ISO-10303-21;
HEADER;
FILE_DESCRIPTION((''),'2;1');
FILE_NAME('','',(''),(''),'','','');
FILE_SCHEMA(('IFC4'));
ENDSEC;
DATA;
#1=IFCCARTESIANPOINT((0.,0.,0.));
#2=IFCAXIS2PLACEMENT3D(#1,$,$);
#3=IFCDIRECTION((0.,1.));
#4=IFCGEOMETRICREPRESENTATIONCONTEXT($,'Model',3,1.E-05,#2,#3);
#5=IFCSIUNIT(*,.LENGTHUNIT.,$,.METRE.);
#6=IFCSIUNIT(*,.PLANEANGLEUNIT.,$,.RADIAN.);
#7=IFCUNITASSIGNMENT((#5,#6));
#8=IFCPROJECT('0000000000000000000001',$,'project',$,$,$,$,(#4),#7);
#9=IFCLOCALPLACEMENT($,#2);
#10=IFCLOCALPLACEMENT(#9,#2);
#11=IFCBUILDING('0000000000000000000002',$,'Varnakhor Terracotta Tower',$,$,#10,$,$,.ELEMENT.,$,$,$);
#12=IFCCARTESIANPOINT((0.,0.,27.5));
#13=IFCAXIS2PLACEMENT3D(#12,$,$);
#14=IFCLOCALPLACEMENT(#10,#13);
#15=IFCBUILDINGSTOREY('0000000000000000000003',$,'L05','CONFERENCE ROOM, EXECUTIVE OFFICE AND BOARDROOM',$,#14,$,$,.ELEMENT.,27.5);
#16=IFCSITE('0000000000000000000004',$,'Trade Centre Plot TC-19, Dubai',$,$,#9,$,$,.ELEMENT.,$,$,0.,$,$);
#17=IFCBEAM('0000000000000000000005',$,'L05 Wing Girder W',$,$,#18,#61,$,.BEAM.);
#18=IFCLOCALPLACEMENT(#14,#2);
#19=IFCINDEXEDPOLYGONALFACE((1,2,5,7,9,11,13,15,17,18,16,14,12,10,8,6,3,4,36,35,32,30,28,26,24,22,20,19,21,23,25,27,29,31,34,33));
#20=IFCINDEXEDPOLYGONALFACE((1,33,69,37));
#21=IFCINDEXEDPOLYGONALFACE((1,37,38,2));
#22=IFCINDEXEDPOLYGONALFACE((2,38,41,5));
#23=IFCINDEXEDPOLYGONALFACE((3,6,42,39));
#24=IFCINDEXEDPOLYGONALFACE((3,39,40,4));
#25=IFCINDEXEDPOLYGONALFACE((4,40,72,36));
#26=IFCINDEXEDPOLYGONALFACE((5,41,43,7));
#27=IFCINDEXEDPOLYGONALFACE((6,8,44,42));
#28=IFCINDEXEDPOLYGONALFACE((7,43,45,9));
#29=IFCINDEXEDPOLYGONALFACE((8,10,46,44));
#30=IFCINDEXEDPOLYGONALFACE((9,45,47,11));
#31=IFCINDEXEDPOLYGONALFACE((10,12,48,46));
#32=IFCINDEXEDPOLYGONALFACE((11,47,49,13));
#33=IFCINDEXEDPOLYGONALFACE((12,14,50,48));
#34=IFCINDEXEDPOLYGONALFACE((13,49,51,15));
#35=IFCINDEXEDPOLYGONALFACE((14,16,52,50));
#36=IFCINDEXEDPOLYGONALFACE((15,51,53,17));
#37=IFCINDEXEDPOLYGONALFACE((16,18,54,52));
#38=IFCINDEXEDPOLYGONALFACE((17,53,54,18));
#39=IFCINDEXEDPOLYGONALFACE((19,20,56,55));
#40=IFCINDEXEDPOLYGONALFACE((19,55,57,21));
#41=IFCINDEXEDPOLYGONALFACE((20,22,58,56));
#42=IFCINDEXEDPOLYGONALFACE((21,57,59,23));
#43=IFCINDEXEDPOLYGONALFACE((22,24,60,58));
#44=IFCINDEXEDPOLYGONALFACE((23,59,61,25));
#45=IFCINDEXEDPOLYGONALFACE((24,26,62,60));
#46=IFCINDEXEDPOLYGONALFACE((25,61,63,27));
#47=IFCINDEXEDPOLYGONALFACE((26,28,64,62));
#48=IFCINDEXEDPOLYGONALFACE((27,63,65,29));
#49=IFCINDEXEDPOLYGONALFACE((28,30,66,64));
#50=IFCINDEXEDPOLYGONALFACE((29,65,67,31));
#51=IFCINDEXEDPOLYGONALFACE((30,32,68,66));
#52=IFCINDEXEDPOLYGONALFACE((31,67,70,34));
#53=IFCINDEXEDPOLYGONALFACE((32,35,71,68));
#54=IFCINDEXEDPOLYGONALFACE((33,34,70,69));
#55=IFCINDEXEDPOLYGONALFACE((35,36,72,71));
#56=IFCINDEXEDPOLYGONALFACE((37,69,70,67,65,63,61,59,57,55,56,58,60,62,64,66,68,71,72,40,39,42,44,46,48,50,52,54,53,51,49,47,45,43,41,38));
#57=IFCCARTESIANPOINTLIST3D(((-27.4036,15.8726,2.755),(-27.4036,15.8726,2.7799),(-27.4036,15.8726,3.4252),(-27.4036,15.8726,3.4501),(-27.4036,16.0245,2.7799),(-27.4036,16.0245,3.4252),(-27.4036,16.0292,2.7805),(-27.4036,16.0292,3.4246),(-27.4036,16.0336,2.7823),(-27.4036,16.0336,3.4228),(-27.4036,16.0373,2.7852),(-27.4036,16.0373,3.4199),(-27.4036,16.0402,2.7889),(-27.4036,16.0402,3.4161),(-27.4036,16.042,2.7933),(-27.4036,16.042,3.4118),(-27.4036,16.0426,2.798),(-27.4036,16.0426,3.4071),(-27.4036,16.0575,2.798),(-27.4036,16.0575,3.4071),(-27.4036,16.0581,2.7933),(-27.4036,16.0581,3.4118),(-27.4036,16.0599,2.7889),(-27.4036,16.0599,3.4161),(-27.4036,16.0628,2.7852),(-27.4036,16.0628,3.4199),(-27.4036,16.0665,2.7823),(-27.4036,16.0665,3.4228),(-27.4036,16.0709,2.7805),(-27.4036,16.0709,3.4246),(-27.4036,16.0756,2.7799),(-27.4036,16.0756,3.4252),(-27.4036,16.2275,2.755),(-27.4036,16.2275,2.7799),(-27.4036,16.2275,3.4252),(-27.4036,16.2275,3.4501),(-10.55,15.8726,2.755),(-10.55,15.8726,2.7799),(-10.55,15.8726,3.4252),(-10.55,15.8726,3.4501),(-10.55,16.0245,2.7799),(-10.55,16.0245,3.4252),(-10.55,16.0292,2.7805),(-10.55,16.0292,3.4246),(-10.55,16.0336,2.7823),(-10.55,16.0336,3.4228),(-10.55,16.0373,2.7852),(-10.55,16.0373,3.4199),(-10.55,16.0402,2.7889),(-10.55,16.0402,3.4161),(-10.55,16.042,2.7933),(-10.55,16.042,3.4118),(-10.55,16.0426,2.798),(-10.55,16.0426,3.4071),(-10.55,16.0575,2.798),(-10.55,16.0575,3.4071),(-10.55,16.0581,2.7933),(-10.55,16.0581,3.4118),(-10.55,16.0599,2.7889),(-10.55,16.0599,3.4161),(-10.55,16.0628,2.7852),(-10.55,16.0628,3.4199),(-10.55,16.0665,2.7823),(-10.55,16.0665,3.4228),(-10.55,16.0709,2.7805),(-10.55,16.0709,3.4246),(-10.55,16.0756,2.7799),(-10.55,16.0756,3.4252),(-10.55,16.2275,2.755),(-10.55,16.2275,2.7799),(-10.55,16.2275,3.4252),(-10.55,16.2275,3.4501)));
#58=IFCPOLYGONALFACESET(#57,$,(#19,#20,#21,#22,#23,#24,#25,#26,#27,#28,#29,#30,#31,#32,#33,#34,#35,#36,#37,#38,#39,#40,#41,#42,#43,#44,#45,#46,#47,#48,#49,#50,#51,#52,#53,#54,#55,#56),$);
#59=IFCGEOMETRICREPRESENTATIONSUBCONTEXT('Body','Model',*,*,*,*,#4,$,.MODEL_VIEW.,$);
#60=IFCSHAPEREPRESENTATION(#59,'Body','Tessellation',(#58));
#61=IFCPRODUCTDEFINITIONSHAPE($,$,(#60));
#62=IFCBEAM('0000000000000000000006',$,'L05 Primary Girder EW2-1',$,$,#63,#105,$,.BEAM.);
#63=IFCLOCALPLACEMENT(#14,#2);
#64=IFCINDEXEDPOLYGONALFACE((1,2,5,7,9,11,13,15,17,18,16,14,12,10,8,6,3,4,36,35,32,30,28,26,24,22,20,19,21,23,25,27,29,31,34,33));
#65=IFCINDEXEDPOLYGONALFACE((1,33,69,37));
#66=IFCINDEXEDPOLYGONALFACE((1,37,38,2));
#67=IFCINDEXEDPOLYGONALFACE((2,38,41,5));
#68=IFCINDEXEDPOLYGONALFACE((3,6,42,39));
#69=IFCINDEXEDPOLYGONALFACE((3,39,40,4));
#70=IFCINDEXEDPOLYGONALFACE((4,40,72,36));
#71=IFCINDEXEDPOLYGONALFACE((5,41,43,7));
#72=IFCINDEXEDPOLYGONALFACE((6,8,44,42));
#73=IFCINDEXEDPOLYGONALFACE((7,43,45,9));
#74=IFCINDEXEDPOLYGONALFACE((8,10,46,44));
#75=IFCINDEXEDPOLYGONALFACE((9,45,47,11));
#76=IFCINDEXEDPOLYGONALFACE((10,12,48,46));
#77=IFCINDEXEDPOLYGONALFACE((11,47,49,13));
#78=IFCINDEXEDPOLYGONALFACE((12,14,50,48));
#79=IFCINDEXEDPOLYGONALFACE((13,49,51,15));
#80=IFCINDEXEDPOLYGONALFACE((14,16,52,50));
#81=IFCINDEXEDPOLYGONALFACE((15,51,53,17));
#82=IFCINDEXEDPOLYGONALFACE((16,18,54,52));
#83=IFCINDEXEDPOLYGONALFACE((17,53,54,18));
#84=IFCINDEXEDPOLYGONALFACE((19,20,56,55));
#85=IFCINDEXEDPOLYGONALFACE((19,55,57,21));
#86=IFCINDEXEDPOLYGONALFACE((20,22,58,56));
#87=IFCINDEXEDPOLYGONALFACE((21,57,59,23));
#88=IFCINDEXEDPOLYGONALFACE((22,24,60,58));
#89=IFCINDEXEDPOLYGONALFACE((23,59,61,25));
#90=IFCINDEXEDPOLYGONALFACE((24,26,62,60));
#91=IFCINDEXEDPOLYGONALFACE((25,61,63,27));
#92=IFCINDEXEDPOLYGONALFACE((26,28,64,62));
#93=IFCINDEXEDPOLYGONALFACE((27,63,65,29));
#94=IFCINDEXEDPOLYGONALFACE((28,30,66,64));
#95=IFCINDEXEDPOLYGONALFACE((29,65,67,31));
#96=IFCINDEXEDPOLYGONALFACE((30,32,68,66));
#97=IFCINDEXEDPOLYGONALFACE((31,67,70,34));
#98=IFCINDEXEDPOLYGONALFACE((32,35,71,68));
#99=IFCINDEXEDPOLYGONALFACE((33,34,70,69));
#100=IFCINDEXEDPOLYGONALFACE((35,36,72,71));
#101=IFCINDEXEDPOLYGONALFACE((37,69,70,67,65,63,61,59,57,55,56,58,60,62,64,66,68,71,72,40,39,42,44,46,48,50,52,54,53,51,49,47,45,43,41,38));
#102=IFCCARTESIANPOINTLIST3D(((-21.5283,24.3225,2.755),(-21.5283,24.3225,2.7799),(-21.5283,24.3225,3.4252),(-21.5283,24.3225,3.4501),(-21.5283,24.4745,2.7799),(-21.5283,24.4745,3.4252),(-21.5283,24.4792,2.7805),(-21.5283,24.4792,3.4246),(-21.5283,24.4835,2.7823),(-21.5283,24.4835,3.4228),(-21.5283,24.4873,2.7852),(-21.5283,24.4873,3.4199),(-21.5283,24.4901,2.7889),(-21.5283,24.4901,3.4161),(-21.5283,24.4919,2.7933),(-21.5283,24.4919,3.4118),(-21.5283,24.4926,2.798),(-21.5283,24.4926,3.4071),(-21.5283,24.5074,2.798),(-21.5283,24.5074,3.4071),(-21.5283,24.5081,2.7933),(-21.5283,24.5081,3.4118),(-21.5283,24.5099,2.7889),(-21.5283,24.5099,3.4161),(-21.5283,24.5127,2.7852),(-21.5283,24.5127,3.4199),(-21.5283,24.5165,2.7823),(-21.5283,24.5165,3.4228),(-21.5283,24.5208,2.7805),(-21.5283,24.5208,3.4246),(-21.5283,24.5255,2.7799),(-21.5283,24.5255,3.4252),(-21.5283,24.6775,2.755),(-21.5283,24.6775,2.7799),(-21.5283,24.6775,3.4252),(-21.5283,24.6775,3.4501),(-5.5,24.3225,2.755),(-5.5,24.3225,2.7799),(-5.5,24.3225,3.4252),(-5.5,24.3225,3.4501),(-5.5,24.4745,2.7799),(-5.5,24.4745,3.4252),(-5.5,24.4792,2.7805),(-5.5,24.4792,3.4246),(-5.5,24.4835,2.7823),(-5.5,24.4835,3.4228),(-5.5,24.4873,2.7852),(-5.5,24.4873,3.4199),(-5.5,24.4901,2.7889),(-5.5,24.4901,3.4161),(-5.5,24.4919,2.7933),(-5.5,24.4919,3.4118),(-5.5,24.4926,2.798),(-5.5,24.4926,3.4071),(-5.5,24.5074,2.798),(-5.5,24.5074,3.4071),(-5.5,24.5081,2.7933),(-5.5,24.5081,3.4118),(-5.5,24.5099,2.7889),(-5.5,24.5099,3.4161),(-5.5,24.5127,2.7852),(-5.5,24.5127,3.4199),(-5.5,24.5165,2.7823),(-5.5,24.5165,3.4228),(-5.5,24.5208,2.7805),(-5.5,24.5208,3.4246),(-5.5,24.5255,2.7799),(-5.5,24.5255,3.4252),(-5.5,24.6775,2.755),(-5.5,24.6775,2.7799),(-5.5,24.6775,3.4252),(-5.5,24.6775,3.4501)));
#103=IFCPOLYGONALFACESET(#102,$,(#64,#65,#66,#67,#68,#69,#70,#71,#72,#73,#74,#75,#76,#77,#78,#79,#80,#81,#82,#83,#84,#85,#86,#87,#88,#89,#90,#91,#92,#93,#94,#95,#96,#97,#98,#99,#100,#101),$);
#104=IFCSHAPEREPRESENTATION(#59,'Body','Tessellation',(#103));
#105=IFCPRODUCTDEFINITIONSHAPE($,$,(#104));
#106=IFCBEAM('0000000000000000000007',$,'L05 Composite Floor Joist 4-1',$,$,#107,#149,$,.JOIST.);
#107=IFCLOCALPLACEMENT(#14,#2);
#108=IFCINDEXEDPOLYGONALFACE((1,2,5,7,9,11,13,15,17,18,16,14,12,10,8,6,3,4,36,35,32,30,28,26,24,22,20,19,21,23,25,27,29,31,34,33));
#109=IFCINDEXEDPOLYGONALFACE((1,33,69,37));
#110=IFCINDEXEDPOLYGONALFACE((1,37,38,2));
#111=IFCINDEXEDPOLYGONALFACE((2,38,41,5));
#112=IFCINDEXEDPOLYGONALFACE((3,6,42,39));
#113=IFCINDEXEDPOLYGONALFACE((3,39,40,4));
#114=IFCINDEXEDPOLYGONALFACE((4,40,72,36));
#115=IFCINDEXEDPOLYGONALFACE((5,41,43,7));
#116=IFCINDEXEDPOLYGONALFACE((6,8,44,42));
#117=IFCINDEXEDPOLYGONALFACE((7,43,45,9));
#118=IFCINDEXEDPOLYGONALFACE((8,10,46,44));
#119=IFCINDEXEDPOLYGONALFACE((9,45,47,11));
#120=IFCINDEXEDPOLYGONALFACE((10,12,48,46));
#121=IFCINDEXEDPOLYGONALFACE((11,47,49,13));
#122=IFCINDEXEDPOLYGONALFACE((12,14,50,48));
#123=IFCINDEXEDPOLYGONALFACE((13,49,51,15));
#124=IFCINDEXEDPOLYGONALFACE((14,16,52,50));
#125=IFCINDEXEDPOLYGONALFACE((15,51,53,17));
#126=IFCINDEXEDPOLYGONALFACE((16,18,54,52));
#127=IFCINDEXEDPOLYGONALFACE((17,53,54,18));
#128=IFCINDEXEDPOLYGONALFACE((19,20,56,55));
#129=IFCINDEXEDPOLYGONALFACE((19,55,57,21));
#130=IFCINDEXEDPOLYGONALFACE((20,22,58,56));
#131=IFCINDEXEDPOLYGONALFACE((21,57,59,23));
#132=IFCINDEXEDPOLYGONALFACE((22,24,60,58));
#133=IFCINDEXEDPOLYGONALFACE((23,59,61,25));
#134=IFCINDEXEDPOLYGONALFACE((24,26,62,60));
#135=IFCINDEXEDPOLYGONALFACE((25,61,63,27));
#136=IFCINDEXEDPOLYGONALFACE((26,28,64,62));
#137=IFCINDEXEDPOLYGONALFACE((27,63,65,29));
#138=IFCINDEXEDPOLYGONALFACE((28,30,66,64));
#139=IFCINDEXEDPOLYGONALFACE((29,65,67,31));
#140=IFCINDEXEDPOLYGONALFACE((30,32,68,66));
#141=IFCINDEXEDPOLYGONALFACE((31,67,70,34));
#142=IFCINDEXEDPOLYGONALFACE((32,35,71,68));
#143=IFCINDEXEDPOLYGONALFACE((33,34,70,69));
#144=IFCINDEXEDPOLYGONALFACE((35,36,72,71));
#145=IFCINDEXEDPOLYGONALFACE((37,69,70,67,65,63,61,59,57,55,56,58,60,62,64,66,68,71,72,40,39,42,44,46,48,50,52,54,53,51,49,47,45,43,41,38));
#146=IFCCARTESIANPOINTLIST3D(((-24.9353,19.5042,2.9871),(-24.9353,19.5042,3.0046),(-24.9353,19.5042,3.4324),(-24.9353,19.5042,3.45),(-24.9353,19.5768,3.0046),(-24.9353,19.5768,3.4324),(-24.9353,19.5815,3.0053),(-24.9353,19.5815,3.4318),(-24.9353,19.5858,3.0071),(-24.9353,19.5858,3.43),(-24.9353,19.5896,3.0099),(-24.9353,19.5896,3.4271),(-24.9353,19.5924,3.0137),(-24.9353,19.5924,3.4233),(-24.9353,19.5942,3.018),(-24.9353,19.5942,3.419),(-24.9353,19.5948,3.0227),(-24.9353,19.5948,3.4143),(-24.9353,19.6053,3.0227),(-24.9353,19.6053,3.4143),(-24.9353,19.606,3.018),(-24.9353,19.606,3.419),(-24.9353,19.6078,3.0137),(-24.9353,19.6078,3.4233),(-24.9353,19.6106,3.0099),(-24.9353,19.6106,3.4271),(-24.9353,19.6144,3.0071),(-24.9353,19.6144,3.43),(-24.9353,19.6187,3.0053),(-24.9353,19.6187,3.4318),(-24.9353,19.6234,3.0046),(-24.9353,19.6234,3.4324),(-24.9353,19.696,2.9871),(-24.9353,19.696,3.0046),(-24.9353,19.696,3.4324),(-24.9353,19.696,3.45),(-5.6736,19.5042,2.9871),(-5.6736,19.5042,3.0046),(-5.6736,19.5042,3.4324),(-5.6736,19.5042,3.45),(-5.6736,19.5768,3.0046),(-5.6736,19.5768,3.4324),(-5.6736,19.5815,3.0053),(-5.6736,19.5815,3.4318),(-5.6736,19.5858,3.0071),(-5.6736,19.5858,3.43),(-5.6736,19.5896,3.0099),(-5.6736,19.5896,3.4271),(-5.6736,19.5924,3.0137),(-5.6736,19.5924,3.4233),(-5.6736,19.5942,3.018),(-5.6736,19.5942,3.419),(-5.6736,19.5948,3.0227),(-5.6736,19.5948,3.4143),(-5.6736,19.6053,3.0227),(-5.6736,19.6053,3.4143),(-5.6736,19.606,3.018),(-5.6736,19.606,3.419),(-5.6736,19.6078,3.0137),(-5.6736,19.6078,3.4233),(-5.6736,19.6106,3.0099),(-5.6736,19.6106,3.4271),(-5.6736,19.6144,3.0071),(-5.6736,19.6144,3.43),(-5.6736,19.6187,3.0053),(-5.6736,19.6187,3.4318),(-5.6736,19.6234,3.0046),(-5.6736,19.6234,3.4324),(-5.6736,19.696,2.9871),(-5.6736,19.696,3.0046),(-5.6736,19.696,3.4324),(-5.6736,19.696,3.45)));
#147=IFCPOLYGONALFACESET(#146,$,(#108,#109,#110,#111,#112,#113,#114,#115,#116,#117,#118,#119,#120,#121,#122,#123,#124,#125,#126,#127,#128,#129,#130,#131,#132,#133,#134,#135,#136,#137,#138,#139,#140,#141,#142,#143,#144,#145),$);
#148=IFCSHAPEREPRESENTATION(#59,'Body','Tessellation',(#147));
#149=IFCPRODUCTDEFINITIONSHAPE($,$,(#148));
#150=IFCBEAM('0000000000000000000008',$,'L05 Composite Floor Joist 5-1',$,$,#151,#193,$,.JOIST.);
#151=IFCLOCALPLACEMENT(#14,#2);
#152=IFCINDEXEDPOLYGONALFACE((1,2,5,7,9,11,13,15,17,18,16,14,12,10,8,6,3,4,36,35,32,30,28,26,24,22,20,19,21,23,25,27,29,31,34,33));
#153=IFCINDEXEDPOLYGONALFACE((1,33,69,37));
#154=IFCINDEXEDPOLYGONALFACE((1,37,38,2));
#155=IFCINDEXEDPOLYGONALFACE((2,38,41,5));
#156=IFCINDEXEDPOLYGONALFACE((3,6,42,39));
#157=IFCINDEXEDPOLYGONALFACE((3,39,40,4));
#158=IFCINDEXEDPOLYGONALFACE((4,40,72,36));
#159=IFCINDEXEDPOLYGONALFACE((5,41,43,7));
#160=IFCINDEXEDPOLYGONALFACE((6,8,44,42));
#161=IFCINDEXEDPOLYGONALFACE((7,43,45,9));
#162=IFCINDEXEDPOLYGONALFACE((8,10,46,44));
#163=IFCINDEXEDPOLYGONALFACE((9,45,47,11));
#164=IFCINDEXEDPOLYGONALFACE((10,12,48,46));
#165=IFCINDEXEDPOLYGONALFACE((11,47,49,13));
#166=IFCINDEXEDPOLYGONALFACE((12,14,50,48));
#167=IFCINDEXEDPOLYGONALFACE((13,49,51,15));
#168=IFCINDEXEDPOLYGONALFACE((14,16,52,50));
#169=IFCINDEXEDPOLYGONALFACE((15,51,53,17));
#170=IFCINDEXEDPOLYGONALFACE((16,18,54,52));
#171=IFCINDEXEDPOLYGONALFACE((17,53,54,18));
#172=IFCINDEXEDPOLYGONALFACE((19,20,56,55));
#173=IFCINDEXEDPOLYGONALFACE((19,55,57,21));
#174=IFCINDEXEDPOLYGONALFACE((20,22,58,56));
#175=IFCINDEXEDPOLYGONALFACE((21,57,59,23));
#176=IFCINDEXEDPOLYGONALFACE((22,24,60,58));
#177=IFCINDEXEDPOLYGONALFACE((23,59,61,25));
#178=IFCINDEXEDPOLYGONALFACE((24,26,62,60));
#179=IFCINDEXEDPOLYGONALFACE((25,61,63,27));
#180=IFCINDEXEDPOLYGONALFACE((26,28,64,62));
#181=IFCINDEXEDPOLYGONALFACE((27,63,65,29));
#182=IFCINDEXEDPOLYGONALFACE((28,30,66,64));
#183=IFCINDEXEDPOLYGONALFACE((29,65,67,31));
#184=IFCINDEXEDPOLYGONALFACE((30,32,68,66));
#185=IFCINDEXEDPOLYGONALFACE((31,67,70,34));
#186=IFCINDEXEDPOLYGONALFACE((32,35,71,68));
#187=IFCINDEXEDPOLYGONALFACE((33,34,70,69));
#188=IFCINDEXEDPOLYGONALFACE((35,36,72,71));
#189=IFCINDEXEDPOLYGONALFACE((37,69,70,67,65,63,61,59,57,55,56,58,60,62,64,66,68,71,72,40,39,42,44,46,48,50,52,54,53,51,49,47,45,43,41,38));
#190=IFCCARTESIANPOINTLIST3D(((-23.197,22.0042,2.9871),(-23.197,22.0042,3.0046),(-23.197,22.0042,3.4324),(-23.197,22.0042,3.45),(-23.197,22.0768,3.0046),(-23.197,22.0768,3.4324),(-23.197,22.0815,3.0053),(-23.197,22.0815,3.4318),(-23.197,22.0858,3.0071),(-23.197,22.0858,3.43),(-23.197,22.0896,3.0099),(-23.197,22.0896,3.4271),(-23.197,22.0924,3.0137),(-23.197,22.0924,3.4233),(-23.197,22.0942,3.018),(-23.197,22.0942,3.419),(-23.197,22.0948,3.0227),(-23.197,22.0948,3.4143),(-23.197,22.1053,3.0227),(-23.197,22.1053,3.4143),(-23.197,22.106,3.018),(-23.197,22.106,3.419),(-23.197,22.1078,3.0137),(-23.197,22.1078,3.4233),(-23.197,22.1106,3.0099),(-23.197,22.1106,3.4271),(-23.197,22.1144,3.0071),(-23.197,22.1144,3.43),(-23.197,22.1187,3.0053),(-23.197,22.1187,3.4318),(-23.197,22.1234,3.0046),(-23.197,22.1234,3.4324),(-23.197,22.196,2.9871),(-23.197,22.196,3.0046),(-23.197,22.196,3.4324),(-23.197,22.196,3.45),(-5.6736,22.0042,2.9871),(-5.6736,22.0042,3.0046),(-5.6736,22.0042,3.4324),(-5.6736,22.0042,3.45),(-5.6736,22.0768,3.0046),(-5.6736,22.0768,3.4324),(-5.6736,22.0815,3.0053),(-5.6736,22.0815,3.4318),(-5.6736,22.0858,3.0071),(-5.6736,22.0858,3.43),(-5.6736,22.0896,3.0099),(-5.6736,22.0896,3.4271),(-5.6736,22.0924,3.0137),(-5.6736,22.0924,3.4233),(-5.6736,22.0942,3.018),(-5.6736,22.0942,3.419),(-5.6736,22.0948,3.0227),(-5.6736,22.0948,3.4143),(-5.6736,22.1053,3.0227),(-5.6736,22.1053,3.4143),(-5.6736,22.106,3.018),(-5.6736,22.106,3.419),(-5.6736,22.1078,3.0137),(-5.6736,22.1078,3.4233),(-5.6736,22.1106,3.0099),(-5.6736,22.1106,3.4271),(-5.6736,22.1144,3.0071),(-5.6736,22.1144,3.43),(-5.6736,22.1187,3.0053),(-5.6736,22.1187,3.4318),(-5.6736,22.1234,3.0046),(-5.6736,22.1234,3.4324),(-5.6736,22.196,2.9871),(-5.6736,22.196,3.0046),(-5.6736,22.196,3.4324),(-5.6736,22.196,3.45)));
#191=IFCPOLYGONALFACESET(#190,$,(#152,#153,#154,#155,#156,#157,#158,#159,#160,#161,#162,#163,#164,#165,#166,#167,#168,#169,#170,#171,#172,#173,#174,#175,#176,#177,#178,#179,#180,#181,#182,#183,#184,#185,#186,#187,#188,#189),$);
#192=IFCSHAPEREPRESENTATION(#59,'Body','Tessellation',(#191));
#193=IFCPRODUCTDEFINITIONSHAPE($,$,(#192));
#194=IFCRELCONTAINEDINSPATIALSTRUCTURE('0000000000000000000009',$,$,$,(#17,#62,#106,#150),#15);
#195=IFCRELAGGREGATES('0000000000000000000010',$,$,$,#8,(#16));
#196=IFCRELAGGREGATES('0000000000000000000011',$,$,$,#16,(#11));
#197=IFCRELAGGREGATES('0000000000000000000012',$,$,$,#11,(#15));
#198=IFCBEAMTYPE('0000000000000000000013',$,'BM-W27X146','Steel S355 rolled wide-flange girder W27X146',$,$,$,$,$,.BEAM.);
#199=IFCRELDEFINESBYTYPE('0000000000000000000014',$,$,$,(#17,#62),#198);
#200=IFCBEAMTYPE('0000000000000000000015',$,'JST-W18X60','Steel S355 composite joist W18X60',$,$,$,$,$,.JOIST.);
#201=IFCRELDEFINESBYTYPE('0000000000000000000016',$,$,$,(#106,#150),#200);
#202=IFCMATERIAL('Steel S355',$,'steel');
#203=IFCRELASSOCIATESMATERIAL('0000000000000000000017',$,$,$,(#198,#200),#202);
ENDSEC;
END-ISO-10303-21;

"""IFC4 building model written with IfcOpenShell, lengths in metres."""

from ifc_helpers import new_model, si_unit, direction, frame, origin, origin_2d, place, context, subcontext, project, spatial, i_section, extrude, source, transform, mapped, material, material_profile, profile_set, type_object, element, save


model = new_model("IFC4")

# Units and contexts
model_context = context("Model", 3, precision=1e-05, world=origin(), true_north=direction((0.0, 1.0)))
body_context = subcontext(model_context, "Body", "Model", "MODEL_VIEW")
ifc_project = project(units=[si_unit("LENGTHUNIT", "METRE"), si_unit("PLANEANGLEUNIT", "RADIAN")], contexts=[model_context])

# Site, building, storey
site_placement = place(None, origin())
site = spatial("IfcSite", under=ifc_project, at=site_placement, Name="Trade Centre Plot TC-19, Dubai", CompositionType="ELEMENT", RefElevation=0.0)
building_placement = place(site_placement, origin())
building = spatial("IfcBuilding", under=site, at=building_placement, Name="Varnakhor Terracotta Tower", CompositionType="ELEMENT")
storey_placement = place(building_placement, frame((0.0, 0.0, 27.5)))
storey = spatial("IfcBuildingStorey", under=building, at=storey_placement, Name="L05", Description="CONFERENCE ROOM, EXECUTIVE OFFICE AND BOARDROOM", CompositionType="ELEMENT", Elevation=27.5)

# Beams
ifc_material_1 = material(Name="Steel S355", Category="steel")
ifc_material_profile_1 = material_profile(ifc_material_1, i_section(OverallWidth=0.355, OverallDepth=0.6951, WebThickness=0.0149, FlangeThickness=0.0249, FilletRadius=0.0181, at=origin_2d()), Name="W27X146")
ifc_profile_set_1 = profile_set([ifc_material_profile_1], Name="Steel S355")
beam_type_1 = type_object("IfcBeamType", Name="BM-W27X146", Description="Steel S355 rolled wide-flange girder W27X146", PredefinedType="BEAM", material=ifc_profile_set_1)
shared_shape_1 = source(origin(), body_context, "Body", "SweptSolid", [
    extrude(i_section(OverallWidth=0.355, OverallDepth=0.6951, WebThickness=0.0149, FlangeThickness=0.0249, FilletRadius=0.0181, at=origin_2d()), origin(), (0.0, 0.0, 1.0), 16.8535),
])
beam_1_placement = place(storey_placement, frame((-27.4036, 16.05, 3.1025), z_axis=(1.0, 0.0, 0.0), x_axis=(0.0, 1.0, 0.0)))
element("IfcBeam", 1, at=beam_1_placement, inside=storey, type_object=beam_type_1, Name="L05 Wing Girder W", PredefinedType="BEAM", context=body_context, shape_type="MappedRepresentation", body=[
    mapped(shared_shape_1, transform((0.0, 0.0, 0.0), scale=1.0)),
])
shared_shape_2 = source(origin(), body_context, "Body", "SweptSolid", [
    extrude(i_section(OverallWidth=0.355, OverallDepth=0.6951, WebThickness=0.0149, FlangeThickness=0.0249, FilletRadius=0.0181, at=origin_2d()), origin(), (0.0, 0.0, 1.0), 16.0283),
])
beam_2_placement = place(storey_placement, frame((-21.5283, 24.5, 3.1025), z_axis=(1.0, 0.0, 0.0), x_axis=(0.0, 1.0, 0.0)))
element("IfcBeam", 2, at=beam_2_placement, inside=storey, type_object=beam_type_1, Name="L05 Primary Girder EW2-1", PredefinedType="BEAM", context=body_context, shape_type="MappedRepresentation", body=[
    mapped(shared_shape_2, transform((0.0, 0.0, 0.0), scale=1.0)),
])
ifc_material_profile_2 = material_profile(ifc_material_1, i_section(OverallWidth=0.1919, OverallDepth=0.4629, WebThickness=0.0105, FlangeThickness=0.0176, FilletRadius=0.0181, at=origin_2d()), Name="W18X60")
ifc_profile_set_2 = profile_set([ifc_material_profile_2], Name="Steel S355")
beam_type_2 = type_object("IfcBeamType", Name="JST-W18X60", Description="Steel S355 composite joist W18X60", PredefinedType="JOIST", material=ifc_profile_set_2)
shared_shape_3 = source(origin(), body_context, "Body", "SweptSolid", [
    extrude(i_section(OverallWidth=0.1919, OverallDepth=0.4629, WebThickness=0.0105, FlangeThickness=0.0176, FilletRadius=0.0181, at=origin_2d()), origin(), (0.0, 0.0, 1.0), 19.2617),
])
beam_3_placement = place(storey_placement, frame((-24.9353, 19.6001, 3.2185), z_axis=(1.0, 0.0, 0.0), x_axis=(0.0, 1.0, 0.0)))
element("IfcBeam", 3, at=beam_3_placement, inside=storey, type_object=beam_type_2, Name="L05 Composite Floor Joist 4-1", PredefinedType="JOIST", context=body_context, shape_type="MappedRepresentation", body=[
    mapped(shared_shape_3, transform((0.0, 0.0, 0.0), scale=1.0)),
])
shared_shape_4 = source(origin(), body_context, "Body", "SweptSolid", [
    extrude(i_section(OverallWidth=0.1919, OverallDepth=0.4629, WebThickness=0.0105, FlangeThickness=0.0176, FilletRadius=0.0181, at=origin_2d()), origin(), (0.0, 0.0, 1.0), 17.5234),
])
beam_4_placement = place(storey_placement, frame((-23.197, 22.1001, 3.2185), z_axis=(1.0, 0.0, 0.0), x_axis=(0.0, 1.0, 0.0)))
element("IfcBeam", 4, at=beam_4_placement, inside=storey, type_object=beam_type_2, Name="L05 Composite Floor Joist 5-1", PredefinedType="JOIST", context=body_context, shape_type="MappedRepresentation", body=[
    mapped(shared_shape_4, transform((0.0, 0.0, 0.0), scale=1.0)),
])

save(model, "model.ifc")
